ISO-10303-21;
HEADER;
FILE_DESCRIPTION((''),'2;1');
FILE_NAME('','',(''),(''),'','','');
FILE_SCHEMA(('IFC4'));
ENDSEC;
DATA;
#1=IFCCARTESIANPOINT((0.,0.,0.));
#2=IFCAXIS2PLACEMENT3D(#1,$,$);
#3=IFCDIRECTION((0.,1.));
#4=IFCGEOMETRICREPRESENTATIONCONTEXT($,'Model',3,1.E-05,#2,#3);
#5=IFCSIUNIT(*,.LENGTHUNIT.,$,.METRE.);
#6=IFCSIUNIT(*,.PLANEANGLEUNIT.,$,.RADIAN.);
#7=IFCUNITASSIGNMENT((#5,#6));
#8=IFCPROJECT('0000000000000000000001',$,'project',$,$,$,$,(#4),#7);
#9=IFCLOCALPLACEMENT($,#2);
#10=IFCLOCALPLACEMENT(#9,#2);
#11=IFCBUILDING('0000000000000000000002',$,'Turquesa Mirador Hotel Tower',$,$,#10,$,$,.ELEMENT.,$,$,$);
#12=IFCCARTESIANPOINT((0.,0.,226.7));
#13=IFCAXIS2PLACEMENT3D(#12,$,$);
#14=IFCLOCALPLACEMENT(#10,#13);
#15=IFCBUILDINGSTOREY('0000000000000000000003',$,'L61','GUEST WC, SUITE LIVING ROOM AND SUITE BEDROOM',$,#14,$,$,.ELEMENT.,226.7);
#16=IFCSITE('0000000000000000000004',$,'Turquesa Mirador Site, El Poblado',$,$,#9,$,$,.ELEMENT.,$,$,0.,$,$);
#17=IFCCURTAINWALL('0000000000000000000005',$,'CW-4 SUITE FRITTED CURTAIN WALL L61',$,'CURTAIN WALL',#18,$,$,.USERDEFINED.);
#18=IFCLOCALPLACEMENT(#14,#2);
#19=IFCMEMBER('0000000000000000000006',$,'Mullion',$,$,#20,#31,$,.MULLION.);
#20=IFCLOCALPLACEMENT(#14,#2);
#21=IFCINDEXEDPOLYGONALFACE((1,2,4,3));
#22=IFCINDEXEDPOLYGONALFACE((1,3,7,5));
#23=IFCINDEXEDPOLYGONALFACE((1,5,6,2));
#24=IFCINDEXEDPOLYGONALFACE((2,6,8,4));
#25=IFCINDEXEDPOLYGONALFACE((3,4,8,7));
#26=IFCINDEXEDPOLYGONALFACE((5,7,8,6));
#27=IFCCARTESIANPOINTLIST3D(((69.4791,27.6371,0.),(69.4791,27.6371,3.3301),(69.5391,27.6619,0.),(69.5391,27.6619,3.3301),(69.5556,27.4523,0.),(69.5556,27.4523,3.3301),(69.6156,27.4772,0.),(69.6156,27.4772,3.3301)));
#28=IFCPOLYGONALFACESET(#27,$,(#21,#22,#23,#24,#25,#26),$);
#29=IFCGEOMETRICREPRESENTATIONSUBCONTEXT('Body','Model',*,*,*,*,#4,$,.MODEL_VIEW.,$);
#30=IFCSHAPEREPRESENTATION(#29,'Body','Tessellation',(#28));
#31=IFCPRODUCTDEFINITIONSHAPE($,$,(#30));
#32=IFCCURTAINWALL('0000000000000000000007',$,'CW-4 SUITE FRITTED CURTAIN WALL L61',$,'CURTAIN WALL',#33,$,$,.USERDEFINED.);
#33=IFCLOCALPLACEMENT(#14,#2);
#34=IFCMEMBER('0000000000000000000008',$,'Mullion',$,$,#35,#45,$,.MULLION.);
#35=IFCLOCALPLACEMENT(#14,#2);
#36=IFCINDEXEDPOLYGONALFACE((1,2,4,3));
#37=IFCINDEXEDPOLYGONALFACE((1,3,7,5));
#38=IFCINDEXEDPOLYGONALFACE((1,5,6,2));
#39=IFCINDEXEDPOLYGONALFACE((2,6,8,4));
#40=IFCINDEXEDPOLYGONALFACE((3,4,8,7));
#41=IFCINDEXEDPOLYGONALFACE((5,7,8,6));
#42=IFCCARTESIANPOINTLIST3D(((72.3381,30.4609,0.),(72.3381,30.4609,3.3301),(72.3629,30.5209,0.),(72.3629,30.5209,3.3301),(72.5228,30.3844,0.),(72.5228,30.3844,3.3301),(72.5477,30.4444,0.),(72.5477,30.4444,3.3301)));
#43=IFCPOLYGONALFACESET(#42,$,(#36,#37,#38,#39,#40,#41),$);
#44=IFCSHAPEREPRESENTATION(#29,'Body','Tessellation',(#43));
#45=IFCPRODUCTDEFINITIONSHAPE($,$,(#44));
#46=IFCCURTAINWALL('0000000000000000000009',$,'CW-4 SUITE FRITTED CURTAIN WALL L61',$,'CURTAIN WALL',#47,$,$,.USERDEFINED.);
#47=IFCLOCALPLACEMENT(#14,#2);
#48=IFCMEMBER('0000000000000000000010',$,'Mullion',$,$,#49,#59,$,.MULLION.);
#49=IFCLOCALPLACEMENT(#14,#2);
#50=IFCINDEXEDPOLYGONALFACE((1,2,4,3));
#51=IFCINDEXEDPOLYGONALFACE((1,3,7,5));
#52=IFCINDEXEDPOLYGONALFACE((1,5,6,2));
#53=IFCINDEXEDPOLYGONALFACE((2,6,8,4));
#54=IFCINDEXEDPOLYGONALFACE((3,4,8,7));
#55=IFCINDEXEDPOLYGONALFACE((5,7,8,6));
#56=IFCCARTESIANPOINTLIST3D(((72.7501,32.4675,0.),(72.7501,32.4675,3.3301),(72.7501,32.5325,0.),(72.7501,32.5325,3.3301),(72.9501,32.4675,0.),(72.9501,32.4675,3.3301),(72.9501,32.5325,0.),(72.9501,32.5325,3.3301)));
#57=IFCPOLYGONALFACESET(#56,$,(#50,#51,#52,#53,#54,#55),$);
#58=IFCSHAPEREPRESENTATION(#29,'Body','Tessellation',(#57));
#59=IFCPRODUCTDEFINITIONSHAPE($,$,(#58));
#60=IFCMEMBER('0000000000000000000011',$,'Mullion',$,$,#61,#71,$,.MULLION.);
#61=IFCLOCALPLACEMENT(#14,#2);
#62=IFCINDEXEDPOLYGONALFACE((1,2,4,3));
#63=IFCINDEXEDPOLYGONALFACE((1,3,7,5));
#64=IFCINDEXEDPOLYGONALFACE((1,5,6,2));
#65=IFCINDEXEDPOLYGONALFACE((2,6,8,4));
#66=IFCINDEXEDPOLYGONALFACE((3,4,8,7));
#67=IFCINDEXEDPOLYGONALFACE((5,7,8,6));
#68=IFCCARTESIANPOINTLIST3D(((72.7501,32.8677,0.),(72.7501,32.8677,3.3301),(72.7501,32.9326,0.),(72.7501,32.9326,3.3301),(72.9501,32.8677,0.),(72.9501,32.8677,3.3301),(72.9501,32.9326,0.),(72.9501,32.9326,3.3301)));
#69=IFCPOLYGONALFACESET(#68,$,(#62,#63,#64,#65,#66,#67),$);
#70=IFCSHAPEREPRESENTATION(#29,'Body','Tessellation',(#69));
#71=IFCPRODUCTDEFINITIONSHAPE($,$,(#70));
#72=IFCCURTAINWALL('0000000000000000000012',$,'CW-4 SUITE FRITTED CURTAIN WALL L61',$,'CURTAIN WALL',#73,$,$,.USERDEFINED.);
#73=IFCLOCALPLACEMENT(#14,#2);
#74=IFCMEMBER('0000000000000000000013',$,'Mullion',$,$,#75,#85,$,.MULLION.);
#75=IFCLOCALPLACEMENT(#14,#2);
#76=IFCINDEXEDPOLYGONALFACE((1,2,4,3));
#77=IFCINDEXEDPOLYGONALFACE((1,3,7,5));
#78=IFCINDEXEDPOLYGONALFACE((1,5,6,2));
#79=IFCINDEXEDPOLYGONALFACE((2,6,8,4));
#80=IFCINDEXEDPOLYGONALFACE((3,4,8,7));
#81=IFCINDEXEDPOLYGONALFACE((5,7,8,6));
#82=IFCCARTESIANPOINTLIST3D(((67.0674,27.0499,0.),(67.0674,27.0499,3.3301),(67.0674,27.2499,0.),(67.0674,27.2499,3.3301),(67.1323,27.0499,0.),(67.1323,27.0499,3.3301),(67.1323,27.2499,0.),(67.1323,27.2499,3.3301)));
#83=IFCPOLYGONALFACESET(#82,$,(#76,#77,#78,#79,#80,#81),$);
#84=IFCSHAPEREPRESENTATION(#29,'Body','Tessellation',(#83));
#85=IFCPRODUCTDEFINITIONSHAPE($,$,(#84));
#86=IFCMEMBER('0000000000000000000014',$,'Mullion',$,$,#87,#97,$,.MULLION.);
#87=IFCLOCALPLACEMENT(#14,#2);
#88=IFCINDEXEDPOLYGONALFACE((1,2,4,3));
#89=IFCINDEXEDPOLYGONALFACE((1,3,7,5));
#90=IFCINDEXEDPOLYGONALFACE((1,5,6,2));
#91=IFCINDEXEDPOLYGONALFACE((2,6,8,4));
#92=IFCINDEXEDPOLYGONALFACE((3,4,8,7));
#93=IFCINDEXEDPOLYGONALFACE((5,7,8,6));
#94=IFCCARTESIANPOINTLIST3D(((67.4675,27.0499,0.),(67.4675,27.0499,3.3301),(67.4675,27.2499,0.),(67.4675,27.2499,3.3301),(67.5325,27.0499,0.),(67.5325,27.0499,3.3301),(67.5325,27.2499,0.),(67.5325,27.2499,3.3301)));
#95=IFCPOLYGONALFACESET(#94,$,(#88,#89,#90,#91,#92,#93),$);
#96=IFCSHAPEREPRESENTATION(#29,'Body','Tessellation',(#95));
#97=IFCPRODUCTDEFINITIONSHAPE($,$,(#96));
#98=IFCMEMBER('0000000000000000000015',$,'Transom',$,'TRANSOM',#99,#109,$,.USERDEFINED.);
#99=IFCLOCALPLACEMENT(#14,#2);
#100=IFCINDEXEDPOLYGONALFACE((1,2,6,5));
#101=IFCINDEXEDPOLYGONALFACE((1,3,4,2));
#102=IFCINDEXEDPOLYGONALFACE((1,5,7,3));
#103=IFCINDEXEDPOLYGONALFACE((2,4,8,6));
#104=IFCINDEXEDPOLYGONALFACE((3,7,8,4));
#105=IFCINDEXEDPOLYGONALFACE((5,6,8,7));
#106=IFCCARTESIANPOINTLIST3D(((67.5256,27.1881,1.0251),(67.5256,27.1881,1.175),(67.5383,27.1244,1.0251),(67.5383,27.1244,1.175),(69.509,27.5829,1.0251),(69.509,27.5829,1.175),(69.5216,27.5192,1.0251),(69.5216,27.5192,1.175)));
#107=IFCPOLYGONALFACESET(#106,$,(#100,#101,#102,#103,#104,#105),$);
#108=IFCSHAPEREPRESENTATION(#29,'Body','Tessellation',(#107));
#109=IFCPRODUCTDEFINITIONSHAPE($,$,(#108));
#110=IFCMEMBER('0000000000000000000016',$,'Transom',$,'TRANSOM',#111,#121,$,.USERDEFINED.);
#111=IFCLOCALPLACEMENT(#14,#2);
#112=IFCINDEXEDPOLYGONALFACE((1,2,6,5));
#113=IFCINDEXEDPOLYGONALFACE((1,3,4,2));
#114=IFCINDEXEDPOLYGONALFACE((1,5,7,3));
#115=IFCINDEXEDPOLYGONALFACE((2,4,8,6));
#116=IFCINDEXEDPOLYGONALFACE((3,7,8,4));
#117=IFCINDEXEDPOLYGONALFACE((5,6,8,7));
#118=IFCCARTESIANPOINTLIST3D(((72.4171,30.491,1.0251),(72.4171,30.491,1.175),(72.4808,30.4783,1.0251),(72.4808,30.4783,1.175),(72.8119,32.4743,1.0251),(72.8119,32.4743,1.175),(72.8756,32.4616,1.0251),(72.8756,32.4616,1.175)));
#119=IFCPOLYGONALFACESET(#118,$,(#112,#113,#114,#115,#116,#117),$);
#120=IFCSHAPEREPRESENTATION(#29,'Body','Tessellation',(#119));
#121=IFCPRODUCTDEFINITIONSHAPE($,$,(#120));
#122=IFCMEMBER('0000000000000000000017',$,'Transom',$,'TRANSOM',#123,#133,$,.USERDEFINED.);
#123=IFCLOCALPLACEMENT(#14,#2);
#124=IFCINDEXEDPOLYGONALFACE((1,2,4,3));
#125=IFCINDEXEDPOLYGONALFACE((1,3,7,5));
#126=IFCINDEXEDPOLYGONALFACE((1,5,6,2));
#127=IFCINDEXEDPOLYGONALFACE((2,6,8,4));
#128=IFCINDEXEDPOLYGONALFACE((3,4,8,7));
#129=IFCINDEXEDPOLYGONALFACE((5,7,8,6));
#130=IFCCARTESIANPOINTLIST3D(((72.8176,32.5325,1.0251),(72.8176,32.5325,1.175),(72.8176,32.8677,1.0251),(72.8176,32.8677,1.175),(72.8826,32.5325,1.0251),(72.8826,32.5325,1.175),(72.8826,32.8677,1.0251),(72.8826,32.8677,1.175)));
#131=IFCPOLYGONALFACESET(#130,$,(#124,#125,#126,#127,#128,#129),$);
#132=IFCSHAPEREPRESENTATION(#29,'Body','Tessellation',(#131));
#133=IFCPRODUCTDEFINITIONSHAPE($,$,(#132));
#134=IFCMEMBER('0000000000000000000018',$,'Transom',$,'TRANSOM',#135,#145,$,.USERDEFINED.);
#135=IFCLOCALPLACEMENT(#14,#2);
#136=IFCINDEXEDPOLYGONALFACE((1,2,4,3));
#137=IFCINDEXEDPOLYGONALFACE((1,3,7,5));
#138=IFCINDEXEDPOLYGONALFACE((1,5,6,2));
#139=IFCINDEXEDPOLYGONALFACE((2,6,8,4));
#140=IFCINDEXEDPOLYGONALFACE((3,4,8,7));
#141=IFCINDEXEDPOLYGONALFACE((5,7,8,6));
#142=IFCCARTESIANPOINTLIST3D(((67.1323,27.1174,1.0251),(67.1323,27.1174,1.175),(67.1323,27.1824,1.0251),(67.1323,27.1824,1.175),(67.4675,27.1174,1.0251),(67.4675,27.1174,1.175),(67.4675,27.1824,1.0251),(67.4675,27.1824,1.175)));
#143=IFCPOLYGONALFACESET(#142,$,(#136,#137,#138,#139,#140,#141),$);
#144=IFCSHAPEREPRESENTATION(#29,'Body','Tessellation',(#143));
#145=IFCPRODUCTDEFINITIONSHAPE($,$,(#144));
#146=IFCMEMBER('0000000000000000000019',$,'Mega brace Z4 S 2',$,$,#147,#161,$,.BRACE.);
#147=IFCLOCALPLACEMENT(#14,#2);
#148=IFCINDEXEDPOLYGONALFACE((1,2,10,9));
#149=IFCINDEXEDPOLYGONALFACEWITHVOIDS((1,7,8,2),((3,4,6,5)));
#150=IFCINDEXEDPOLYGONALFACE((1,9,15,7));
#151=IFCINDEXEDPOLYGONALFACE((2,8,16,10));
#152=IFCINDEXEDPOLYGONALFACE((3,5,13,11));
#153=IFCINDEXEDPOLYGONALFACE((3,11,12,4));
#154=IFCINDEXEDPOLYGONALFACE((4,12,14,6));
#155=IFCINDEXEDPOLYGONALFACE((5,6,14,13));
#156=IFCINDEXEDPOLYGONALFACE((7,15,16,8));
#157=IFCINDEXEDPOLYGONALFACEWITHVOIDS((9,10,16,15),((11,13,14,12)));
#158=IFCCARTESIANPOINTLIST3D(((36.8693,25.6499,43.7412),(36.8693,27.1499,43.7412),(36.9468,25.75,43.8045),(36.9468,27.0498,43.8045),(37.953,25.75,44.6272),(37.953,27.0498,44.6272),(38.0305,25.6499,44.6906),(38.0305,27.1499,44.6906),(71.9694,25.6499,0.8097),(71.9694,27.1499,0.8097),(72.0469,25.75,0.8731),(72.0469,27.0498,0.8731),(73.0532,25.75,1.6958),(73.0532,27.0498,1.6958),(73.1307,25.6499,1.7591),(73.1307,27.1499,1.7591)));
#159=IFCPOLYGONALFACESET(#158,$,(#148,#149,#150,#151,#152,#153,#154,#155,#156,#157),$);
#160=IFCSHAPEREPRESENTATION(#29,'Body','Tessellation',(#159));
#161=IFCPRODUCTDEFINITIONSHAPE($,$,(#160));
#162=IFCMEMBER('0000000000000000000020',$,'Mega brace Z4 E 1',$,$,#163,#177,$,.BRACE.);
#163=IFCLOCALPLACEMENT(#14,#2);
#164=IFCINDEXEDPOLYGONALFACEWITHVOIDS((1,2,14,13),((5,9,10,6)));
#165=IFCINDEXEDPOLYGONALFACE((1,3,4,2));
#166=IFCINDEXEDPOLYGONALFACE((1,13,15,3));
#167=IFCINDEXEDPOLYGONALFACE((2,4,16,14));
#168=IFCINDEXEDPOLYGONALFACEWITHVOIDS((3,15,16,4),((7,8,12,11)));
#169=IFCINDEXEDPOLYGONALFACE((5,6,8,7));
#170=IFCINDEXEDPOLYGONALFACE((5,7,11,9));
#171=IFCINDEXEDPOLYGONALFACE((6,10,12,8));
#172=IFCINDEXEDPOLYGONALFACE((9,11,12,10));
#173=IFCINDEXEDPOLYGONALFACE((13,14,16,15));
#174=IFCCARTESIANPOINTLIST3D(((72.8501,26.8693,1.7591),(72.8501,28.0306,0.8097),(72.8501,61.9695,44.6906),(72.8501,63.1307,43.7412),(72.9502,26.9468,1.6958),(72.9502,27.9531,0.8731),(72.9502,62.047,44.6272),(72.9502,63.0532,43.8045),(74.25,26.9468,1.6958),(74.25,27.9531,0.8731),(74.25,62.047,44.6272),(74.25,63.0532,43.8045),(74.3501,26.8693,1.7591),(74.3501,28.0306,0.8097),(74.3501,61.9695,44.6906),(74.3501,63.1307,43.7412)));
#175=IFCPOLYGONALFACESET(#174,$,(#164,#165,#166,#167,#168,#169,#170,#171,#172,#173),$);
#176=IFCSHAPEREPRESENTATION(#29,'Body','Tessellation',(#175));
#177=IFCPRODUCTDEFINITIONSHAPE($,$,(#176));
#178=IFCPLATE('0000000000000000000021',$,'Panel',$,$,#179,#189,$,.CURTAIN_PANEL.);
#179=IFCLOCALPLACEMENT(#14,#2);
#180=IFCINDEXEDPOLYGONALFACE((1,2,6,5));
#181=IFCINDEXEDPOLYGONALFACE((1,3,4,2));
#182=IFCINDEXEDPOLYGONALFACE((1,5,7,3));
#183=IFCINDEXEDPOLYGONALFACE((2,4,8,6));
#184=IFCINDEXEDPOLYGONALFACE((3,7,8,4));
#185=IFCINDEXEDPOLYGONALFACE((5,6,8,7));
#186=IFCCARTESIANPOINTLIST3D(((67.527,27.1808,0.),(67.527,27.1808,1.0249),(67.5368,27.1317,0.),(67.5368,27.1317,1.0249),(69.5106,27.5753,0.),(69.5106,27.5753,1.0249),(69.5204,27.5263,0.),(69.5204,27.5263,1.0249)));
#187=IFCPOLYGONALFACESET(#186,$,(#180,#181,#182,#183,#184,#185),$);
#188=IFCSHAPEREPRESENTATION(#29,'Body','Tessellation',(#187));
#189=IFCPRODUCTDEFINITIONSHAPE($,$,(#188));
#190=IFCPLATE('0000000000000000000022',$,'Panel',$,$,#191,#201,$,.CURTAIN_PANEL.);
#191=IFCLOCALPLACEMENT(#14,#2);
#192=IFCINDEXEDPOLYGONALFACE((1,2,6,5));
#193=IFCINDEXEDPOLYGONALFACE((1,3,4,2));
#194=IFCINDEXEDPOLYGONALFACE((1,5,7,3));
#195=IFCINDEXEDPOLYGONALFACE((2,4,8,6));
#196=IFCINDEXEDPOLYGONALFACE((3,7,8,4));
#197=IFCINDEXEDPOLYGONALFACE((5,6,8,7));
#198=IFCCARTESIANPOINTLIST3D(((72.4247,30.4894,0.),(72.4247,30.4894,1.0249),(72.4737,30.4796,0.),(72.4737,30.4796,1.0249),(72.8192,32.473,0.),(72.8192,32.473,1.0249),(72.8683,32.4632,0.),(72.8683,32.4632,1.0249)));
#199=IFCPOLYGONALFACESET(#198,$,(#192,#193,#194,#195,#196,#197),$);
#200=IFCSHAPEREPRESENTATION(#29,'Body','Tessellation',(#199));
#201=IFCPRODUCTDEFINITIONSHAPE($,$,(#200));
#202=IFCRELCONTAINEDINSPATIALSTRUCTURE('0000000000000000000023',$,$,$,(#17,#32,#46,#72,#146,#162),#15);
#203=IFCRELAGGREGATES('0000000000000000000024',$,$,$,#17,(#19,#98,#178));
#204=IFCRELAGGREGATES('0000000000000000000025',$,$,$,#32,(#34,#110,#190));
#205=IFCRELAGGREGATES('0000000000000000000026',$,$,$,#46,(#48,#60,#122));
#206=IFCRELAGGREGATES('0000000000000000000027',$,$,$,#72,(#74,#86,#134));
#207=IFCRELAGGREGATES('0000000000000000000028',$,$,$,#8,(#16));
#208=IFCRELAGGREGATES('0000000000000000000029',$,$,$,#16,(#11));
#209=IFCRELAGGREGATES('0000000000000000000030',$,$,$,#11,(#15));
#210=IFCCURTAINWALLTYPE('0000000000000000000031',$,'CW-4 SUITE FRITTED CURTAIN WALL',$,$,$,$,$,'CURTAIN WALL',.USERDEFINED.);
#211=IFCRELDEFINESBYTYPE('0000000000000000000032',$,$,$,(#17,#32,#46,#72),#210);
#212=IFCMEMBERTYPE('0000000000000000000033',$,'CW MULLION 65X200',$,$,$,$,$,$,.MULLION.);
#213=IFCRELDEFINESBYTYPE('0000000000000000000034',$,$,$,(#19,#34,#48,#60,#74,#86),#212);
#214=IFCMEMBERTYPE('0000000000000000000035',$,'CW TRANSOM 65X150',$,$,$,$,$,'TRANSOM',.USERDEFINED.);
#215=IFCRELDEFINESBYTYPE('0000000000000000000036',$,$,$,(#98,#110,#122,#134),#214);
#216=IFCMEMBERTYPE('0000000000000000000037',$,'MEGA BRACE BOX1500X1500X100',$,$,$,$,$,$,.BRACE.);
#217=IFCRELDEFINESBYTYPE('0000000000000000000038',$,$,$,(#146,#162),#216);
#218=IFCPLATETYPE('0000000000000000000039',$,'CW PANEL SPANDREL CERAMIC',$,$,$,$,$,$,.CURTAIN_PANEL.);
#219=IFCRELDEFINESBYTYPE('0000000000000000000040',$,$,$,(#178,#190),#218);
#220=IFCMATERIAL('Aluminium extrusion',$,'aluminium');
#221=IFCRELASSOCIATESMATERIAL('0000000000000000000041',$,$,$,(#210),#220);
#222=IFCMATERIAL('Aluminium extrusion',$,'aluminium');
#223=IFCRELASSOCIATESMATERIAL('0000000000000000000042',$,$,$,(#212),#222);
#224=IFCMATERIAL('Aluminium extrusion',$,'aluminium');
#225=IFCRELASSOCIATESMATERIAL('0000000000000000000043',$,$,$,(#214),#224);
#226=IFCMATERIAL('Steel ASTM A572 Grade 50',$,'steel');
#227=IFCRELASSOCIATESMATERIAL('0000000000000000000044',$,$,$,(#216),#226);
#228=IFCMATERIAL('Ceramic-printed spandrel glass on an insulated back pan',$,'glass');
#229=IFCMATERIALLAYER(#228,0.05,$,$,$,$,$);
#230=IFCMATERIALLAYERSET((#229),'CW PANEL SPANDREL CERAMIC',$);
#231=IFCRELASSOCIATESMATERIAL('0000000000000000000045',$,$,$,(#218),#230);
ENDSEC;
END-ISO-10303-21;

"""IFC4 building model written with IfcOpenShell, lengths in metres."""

from ifc_helpers import new_model, si_unit, direction, frame, origin, origin_2d, place, context, subcontext, project, spatial, rectangle, hollow_rectangle, extrude, material, layer, layer_set, material_profile, profile_set, type_object, element, aggregate, save


model = new_model("IFC4")

# Units and contexts
model_context = context("Model", 3, precision=1e-05, world=origin(), true_north=direction((0.0, 1.0)))
body_context = subcontext(model_context, "Body", "Model", "MODEL_VIEW")
ifc_project = project(units=[si_unit("LENGTHUNIT", "METRE"), si_unit("PLANEANGLEUNIT", "RADIAN")], contexts=[model_context])

# Site, building, storey
site_placement = place(None, origin())
site = spatial("IfcSite", under=ifc_project, at=site_placement, Name="Turquesa Mirador Site, El Poblado", CompositionType="ELEMENT", RefElevation=0.0)
building_placement = place(site_placement, origin())
building = spatial("IfcBuilding", under=site, at=building_placement, Name="Turquesa Mirador Hotel Tower", CompositionType="ELEMENT")
storey_placement = place(building_placement, frame((0.0, 0.0, 226.7)))
storey = spatial("IfcBuildingStorey", under=building, at=storey_placement, Name="L61", Description="GUEST WC, SUITE LIVING ROOM AND SUITE BEDROOM", CompositionType="ELEMENT", Elevation=226.7)

# Curtain walls, members
ifc_material_1 = material(Name="Aluminium extrusion", Category="aluminium")
curtain_wall_type = type_object("IfcCurtainWallType", Name="CW-4 SUITE FRITTED CURTAIN WALL", ElementType="CURTAIN WALL", PredefinedType="USERDEFINED", material=ifc_material_1)
curtain_wall_1_placement = place(storey_placement, origin())
curtain_wall_1 = element("IfcCurtainWall", 1, at=curtain_wall_1_placement, inside=storey, type_object=curtain_wall_type, Name="CW-4 SUITE FRITTED CURTAIN WALL L61", ObjectType="CURTAIN WALL", PredefinedType="USERDEFINED")
ifc_material_2 = material(Name="Aluminium extrusion", Category="aluminium")
ifc_material_profile_1 = material_profile(ifc_material_2, rectangle(XDim=0.0649, YDim=0.2, at=origin_2d()), Name="MULLION 65X200")
ifc_profile_set_1 = profile_set([ifc_material_profile_1], Name="Aluminium extrusion")
member_type_1 = type_object("IfcMemberType", Name="CW MULLION 65X200", PredefinedType="MULLION", material=ifc_profile_set_1)
member_1_placement = place(storey_placement, frame((69.5474, 27.5571, 0.0), z_axis=(0.0, 0.0, 1.0), x_axis=(0.92388, 0.382683, 0.0)))
member_1 = element("IfcMember", 2, at=member_1_placement, type_object=member_type_1, Name="Mullion", PredefinedType="MULLION", context=body_context, shape_type="SweptSolid", body=[
    extrude(rectangle(XDim=0.0649, YDim=0.2, at=origin_2d()), origin(), (0.0, 0.0, 1.0), 3.3301),
])
curtain_wall_2_placement = place(storey_placement, origin())
curtain_wall_2 = element("IfcCurtainWall", 3, at=curtain_wall_2_placement, inside=storey, type_object=curtain_wall_type, Name="CW-4 SUITE FRITTED CURTAIN WALL L61", ObjectType="CURTAIN WALL", PredefinedType="USERDEFINED")
member_2_placement = place(storey_placement, frame((72.4429, 30.4526, 0.0), z_axis=(0.0, 0.0, 1.0), x_axis=(0.382683, 0.92388, 0.0)))
member_2 = element("IfcMember", 4, at=member_2_placement, type_object=member_type_1, Name="Mullion", PredefinedType="MULLION", context=body_context, shape_type="SweptSolid", body=[
    extrude(rectangle(XDim=0.0649, YDim=0.2, at=origin_2d()), origin(), (0.0, 0.0, 1.0), 3.3301),
])

# Curtain walls, members
curtain_wall_3_placement = place(storey_placement, origin())
curtain_wall_3 = element("IfcCurtainWall", 5, at=curtain_wall_3_placement, inside=storey, type_object=curtain_wall_type, Name="CW-4 SUITE FRITTED CURTAIN WALL L61", ObjectType="CURTAIN WALL", PredefinedType="USERDEFINED")
member_3_placement = place(storey_placement, frame((72.8501, 32.5, 0.0), z_axis=(0.0, 0.0, 1.0), x_axis=(0.0, 1.0, 0.0)))
member_3 = element("IfcMember", 6, at=member_3_placement, type_object=member_type_1, Name="Mullion", PredefinedType="MULLION", context=body_context, shape_type="SweptSolid", body=[
    extrude(rectangle(XDim=0.0649, YDim=0.2, at=origin_2d()), origin(), (0.0, 0.0, 1.0), 3.3301),
])
member_4_placement = place(storey_placement, frame((72.8501, 32.9001, 0.0), z_axis=(0.0, 0.0, 1.0), x_axis=(0.0, 1.0, 0.0)))
member_4 = element("IfcMember", 7, at=member_4_placement, type_object=member_type_1, Name="Mullion", PredefinedType="MULLION", context=body_context, shape_type="SweptSolid", body=[
    extrude(rectangle(XDim=0.0649, YDim=0.2, at=origin_2d()), origin(), (0.0, 0.0, 1.0), 3.3301),
])
curtain_wall_4_placement = place(storey_placement, origin())
curtain_wall_4 = element("IfcCurtainWall", 8, at=curtain_wall_4_placement, inside=storey, type_object=curtain_wall_type, Name="CW-4 SUITE FRITTED CURTAIN WALL L61", ObjectType="CURTAIN WALL", PredefinedType="USERDEFINED")
member_5_placement = place(storey_placement, frame((67.0999, 27.1499, 0.0), z_axis=(0.0, 0.0, 1.0), x_axis=(1.0, 0.0, 0.0)))
member_5 = element("IfcMember", 9, at=member_5_placement, type_object=member_type_1, Name="Mullion", PredefinedType="MULLION", context=body_context, shape_type="SweptSolid", body=[
    extrude(rectangle(XDim=0.0649, YDim=0.2, at=origin_2d()), origin(), (0.0, 0.0, 1.0), 3.3301),
])
member_6_placement = place(storey_placement, frame((67.5, 27.1499, 0.0), z_axis=(0.0, 0.0, 1.0), x_axis=(1.0, 0.0, 0.0)))
member_6 = element("IfcMember", 10, at=member_6_placement, type_object=member_type_1, Name="Mullion", PredefinedType="MULLION", context=body_context, shape_type="SweptSolid", body=[
    extrude(rectangle(XDim=0.0649, YDim=0.2, at=origin_2d()), origin(), (0.0, 0.0, 1.0), 3.3301),
])

# Members
ifc_material_3 = material(Name="Aluminium extrusion", Category="aluminium")
ifc_material_profile_2 = material_profile(ifc_material_3, rectangle(XDim=0.0649, YDim=0.1499, at=origin_2d()), Name="TRANSOM 65X150")
ifc_profile_set_2 = profile_set([ifc_material_profile_2], Name="Aluminium extrusion")
member_type_2 = type_object("IfcMemberType", Name="CW TRANSOM 65X150", ElementType="TRANSOM", PredefinedType="USERDEFINED", material=ifc_profile_set_2)
member_7_placement = place(storey_placement, frame((67.532, 27.1562, 1.1001), z_axis=(0.980761, 0.195211, 0.0), x_axis=(-0.195211, 0.980761, 0.0)))
member_7 = element("IfcMember", 11, at=member_7_placement, type_object=member_type_2, Name="Transom", ObjectType="TRANSOM", PredefinedType="USERDEFINED", context=body_context, shape_type="SweptSolid", body=[
    extrude(rectangle(XDim=0.0649, YDim=0.1499, at=origin_2d()), origin(), (0.0, 0.0, 1.0), 2.0222),
])
member_8_placement = place(storey_placement, frame((72.449, 30.4846, 1.1001), z_axis=(0.195211, 0.980761, 0.0), x_axis=(-0.980761, 0.195211, 0.0)))
member_8 = element("IfcMember", 12, at=member_8_placement, type_object=member_type_2, Name="Transom", ObjectType="TRANSOM", PredefinedType="USERDEFINED", context=body_context, shape_type="SweptSolid", body=[
    extrude(rectangle(XDim=0.0649, YDim=0.1499, at=origin_2d()), origin(), (0.0, 0.0, 1.0), 2.0222),
])
member_9_placement = place(storey_placement, frame((72.8501, 32.5325, 1.1001), z_axis=(0.0, 1.0, 0.0), x_axis=(-1.0, 0.0, 0.0)))
member_9 = element("IfcMember", 13, at=member_9_placement, type_object=member_type_2, Name="Transom", ObjectType="TRANSOM", PredefinedType="USERDEFINED", context=body_context, shape_type="SweptSolid", body=[
    extrude(rectangle(XDim=0.0649, YDim=0.1499, at=origin_2d()), origin(), (0.0, 0.0, 1.0), 0.3352),
])
member_10_placement = place(storey_placement, frame((67.1323, 27.1499, 1.1001), z_axis=(1.0, 0.0, 0.0), x_axis=(0.0, 1.0, 0.0)))
member_10 = element("IfcMember", 14, at=member_10_placement, type_object=member_type_2, Name="Transom", ObjectType="TRANSOM", PredefinedType="USERDEFINED", context=body_context, shape_type="SweptSolid", body=[
    extrude(rectangle(XDim=0.0649, YDim=0.1499, at=origin_2d()), origin(), (0.0, 0.0, 1.0), 0.3352),
])

# Members
ifc_material_4 = material(Name="Steel ASTM A572 Grade 50", Category="steel")
ifc_material_profile_3 = material_profile(ifc_material_4, hollow_rectangle(XDim=1.5, YDim=1.5, WallThickness=0.1001, at=origin_2d()), Name="BOX1500X1500X100")
ifc_profile_set_3 = profile_set([ifc_material_profile_3], Name="Steel ASTM A572 Grade 50")
member_type_3 = type_object("IfcMemberType", Name="MEGA BRACE BOX1500X1500X100", PredefinedType="BRACE", material=ifc_profile_set_3)
for number, where, z_axis, x_axis, name in (
    (15, (72.55, 26.3999, 1.2844), (-0.632961, 0.0, 0.774183), (0.0, -1.0, 0.0), "Mega brace Z4 S 2"),
    (16, (73.6001, 27.45, 1.2844), (0.0, 0.632961, 0.774183), (-1.0, 0.0, 0.0), "Mega brace Z4 E 1"),
):
    element("IfcMember", number, at=place(storey_placement, frame(where, z_axis=z_axis, x_axis=x_axis)), inside=storey, type_object=member_type_3, Name=name, PredefinedType="BRACE", context=body_context, shape_type="SweptSolid", body=[
        extrude(hollow_rectangle(XDim=1.5, YDim=1.5, WallThickness=0.1001, at=origin_2d()), origin(), (0.0, 0.0, 1.0), 55.4539),
    ])

# Plates
ifc_material_5 = material(Name="Ceramic-printed spandrel glass on an insulated back pan", Category="glass")
ifc_layer_1 = layer(ifc_material_5, 0.05)
ifc_layer_set_1 = layer_set([ifc_layer_1], Name="CW PANEL SPANDREL CERAMIC")
plate_type_1 = type_object("IfcPlateType", Name="CW PANEL SPANDREL CERAMIC", PredefinedType="CURTAIN_PANEL", material=ifc_layer_set_1)
plate_1_placement = place(storey_placement, frame((68.5237, 27.3535, 0.0), z_axis=(0.0, 0.0, 1.0), x_axis=(0.980785, 0.195091, 0.0)))
plate_1 = element("IfcPlate", 17, at=plate_1_placement, type_object=plate_type_1, Name="Panel", PredefinedType="CURTAIN_PANEL", context=body_context, shape_type="SweptSolid", body=[
    extrude(rectangle(XDim=2.0225, YDim=0.05, at=origin_2d()), origin(), (0.0, 0.0, 1.0), 1.0249),
])
plate_2_placement = place(storey_placement, frame((72.6465, 31.4763, 0.0), z_axis=(0.0, 0.0, 1.0), x_axis=(0.195091, 0.980785, 0.0)))
plate_2 = element("IfcPlate", 18, at=plate_2_placement, type_object=plate_type_1, Name="Panel", PredefinedType="CURTAIN_PANEL", context=body_context, shape_type="SweptSolid", body=[
    extrude(rectangle(XDim=2.0225, YDim=0.05, at=origin_2d()), origin(), (0.0, 0.0, 1.0), 1.0249),
])
aggregate(curtain_wall_1, [member_1, member_7, plate_1])
aggregate(curtain_wall_2, [member_2, member_8, plate_2])
aggregate(curtain_wall_3, [member_3, member_4, member_9])
aggregate(curtain_wall_4, [member_5, member_6, member_10])

save(model, "model.ifc")
